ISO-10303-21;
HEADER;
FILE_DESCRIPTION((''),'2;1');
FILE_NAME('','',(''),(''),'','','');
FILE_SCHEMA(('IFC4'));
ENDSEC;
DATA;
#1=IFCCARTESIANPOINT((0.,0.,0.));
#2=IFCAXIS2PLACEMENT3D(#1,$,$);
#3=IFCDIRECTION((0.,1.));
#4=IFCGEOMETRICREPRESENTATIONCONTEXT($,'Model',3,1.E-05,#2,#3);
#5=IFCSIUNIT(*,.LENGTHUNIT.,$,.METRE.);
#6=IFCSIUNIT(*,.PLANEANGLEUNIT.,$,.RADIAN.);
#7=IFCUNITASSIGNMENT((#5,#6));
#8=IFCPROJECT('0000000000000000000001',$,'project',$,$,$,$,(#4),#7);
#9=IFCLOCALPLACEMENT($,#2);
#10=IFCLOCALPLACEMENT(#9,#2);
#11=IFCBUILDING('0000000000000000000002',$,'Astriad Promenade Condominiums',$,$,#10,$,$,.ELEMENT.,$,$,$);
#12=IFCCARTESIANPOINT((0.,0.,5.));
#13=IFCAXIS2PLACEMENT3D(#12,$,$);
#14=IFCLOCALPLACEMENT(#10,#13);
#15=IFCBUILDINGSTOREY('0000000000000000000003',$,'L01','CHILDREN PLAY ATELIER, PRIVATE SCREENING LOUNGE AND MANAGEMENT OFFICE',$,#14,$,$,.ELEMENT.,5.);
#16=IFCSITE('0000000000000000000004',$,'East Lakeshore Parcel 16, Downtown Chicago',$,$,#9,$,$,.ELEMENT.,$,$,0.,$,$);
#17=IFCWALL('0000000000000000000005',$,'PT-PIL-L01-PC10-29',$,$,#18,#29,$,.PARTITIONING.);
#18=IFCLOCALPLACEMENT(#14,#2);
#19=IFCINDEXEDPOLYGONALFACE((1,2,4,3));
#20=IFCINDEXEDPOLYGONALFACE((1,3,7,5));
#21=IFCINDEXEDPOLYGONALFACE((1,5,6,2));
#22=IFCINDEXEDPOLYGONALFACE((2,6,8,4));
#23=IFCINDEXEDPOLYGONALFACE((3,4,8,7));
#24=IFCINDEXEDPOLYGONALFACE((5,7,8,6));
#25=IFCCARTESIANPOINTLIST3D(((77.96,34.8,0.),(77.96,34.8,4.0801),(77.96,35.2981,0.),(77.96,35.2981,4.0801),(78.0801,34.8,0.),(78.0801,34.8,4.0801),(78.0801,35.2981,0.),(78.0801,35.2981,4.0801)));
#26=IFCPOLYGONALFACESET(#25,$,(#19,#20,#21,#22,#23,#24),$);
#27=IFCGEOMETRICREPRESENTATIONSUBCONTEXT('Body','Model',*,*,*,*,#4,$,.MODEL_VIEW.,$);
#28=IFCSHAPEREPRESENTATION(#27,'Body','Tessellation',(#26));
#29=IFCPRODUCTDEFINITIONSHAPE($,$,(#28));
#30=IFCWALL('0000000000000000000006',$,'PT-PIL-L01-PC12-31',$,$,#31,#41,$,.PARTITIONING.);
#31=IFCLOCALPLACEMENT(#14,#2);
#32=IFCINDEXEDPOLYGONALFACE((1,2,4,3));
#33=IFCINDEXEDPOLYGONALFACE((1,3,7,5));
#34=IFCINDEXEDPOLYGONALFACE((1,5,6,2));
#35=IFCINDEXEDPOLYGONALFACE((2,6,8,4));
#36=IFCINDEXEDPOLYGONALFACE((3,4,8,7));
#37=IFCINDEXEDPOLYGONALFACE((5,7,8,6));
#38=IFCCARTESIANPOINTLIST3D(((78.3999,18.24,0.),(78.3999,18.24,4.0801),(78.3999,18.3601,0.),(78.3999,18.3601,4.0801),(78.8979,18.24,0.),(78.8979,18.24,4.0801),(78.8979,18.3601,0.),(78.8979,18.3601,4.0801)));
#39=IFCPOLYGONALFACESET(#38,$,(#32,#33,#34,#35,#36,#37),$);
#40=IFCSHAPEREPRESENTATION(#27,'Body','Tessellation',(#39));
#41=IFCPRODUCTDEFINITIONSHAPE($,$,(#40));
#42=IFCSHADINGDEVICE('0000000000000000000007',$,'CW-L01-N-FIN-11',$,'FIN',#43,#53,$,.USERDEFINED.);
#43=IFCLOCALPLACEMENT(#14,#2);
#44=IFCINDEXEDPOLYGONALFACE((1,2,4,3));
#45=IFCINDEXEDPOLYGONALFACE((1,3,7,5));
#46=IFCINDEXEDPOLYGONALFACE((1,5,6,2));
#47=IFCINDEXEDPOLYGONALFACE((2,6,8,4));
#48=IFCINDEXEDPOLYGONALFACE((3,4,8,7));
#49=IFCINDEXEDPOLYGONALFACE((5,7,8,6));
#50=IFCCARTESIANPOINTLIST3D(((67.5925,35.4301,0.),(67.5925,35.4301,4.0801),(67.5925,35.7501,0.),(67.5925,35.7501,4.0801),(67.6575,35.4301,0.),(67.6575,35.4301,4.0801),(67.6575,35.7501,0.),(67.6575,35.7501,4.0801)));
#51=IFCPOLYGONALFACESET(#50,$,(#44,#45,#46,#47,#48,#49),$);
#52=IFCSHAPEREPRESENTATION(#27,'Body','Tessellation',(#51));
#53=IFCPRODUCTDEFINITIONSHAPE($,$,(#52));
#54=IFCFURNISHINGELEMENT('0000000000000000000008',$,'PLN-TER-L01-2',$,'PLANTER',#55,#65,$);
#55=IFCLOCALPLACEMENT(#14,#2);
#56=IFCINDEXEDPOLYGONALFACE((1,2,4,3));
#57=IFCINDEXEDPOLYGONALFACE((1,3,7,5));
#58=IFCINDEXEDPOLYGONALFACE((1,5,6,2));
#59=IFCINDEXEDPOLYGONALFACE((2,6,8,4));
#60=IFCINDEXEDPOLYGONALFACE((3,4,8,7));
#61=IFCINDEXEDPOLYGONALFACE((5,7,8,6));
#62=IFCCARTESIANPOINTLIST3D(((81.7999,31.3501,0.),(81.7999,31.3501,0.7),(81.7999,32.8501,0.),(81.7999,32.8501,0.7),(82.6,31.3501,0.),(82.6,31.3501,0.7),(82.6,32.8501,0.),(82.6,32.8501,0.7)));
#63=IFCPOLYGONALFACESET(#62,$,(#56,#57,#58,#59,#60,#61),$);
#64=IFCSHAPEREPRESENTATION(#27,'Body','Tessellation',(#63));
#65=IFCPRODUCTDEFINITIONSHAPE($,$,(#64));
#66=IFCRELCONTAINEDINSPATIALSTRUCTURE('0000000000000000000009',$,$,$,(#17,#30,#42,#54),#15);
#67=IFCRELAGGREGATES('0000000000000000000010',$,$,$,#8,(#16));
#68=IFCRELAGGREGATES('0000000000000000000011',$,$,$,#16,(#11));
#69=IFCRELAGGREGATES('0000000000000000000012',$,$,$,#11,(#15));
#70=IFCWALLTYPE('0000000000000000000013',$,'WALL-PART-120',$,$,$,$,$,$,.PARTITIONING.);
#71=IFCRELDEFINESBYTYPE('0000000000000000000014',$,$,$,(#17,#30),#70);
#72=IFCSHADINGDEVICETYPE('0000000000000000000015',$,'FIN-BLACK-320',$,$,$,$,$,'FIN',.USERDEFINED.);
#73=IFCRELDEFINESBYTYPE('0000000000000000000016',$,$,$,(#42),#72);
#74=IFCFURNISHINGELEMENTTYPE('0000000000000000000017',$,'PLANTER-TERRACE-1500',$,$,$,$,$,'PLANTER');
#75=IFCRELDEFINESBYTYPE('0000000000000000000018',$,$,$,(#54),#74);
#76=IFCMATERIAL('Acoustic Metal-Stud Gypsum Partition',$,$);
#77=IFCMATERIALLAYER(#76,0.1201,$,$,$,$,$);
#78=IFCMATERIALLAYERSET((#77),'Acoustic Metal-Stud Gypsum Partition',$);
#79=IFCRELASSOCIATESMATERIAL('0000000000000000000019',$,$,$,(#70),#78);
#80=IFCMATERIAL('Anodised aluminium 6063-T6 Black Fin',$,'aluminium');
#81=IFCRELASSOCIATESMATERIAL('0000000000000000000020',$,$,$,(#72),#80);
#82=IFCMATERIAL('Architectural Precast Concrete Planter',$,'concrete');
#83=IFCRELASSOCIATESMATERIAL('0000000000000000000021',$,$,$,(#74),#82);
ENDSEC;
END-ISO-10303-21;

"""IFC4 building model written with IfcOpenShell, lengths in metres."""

from ifc_helpers import new_model, si_unit, direction, frame, frame_2d, origin, origin_2d, place, context, subcontext, project, spatial, rectangle, extrude, source, transform, mapped, material, layer, layer_set, type_object, type_shapes, element, save


model = new_model("IFC4")

# Units and contexts
model_context = context("Model", 3, precision=1e-05, world=origin(), true_north=direction((0.0, 1.0)))
body_context = subcontext(model_context, "Body", "Model", "MODEL_VIEW")
ifc_project = project(units=[si_unit("LENGTHUNIT", "METRE"), si_unit("PLANEANGLEUNIT", "RADIAN")], contexts=[model_context])

# Site, building, storey
site_placement = place(None, origin())
site = spatial("IfcSite", under=ifc_project, at=site_placement, Name="East Lakeshore Parcel 16, Downtown Chicago", CompositionType="ELEMENT", RefElevation=0.0)
building_placement = place(site_placement, origin())
building = spatial("IfcBuilding", under=site, at=building_placement, Name="Astriad Promenade Condominiums", CompositionType="ELEMENT")
storey_placement = place(building_placement, frame((0.0, 0.0, 5.0)))
storey = spatial("IfcBuildingStorey", under=building, at=storey_placement, Name="L01", Description="CHILDREN PLAY ATELIER, PRIVATE SCREENING LOUNGE AND MANAGEMENT OFFICE", CompositionType="ELEMENT", Elevation=5.0)

# Walls
ifc_material_1 = material(Name="Acoustic Metal-Stud Gypsum Partition")
ifc_layer_1 = layer(ifc_material_1, 0.1201)
ifc_layer_set_1 = layer_set([ifc_layer_1], Name="Acoustic Metal-Stud Gypsum Partition")
wall_type_1 = type_object("IfcWallType", Name="WALL-PART-120", PredefinedType="PARTITIONING", material=ifc_layer_set_1)
for number, where, z_axis, x_axis, name in (
    (1, (78.02, 34.8, 0.0), (0.0, 0.0, 1.0), (0.0, 1.0, 0.0), "PT-PIL-L01-PC10-29"),
    (2, (78.3999, 18.3, 0.0), (0.0, 0.0, 1.0), (1.0, 0.0, 0.0), "PT-PIL-L01-PC12-31"),
):
    element("IfcWall", number, at=place(storey_placement, frame(where, z_axis=z_axis, x_axis=x_axis)), inside=storey, type_object=wall_type_1, Name=name, PredefinedType="PARTITIONING", context=body_context, shape_type="SweptSolid", body=[
        extrude(rectangle(XDim=0.498, YDim=0.1201, at=frame_2d((0.249, 0.0))), origin(), (0.0, 0.0, 1.0), 4.0801),
    ])

# Shading device
ifc_material_2 = material(Name="Anodised aluminium 6063-T6 Black Fin", Category="aluminium")
shading_device_type = type_object("IfcShadingDeviceType", Name="FIN-BLACK-320", ElementType="FIN", PredefinedType="USERDEFINED", material=ifc_material_2)
shared_shape_1 = source(origin(), body_context, "Body", "SweptSolid", [
    extrude(rectangle(XDim=0.0649, YDim=0.3201, at=origin_2d()), origin(), (0.0, 0.0, 1.0), 4.0801),
])
type_shapes(shading_device_type, [shared_shape_1])
shading_device_placement = place(storey_placement, frame((67.625, 35.5901, 0.0), z_axis=(0.0, 0.0, 1.0), x_axis=(1.0, 0.0, 0.0)))
element("IfcShadingDevice", 3, at=shading_device_placement, inside=storey, type_object=shading_device_type, Name="CW-L01-N-FIN-11", ObjectType="FIN", PredefinedType="USERDEFINED", context=body_context, shape_type="MappedRepresentation", body=[
    mapped(shared_shape_1, transform((0.0, 0.0, 0.0), scale=1.0)),
])

# Furnishing element
ifc_material_3 = material(Name="Architectural Precast Concrete Planter", Category="concrete")
furnishing_element_type = type_object("IfcFurnishingElementType", Name="PLANTER-TERRACE-1500", ElementType="PLANTER", material=ifc_material_3)
shared_shape_2 = source(origin(), body_context, "Body", "SweptSolid", [
    extrude(rectangle(XDim=0.8, YDim=1.5, at=origin_2d()), origin(), (0.0, 0.0, 1.0), 0.7),
])
type_shapes(furnishing_element_type, [shared_shape_2])
furnishing_placement = place(storey_placement, frame((82.2, 32.1001, 0.0), z_axis=(0.0, 0.0, 1.0), x_axis=(1.0, 0.0, 0.0)))
element("IfcFurnishingElement", 4, at=furnishing_placement, inside=storey, type_object=furnishing_element_type, Name="PLN-TER-L01-2", ObjectType="PLANTER", context=body_context, shape_type="MappedRepresentation", body=[
    mapped(shared_shape_2, transform((0.0, 0.0, 0.0), scale=1.0)),
])

save(model, "model.ifc")
